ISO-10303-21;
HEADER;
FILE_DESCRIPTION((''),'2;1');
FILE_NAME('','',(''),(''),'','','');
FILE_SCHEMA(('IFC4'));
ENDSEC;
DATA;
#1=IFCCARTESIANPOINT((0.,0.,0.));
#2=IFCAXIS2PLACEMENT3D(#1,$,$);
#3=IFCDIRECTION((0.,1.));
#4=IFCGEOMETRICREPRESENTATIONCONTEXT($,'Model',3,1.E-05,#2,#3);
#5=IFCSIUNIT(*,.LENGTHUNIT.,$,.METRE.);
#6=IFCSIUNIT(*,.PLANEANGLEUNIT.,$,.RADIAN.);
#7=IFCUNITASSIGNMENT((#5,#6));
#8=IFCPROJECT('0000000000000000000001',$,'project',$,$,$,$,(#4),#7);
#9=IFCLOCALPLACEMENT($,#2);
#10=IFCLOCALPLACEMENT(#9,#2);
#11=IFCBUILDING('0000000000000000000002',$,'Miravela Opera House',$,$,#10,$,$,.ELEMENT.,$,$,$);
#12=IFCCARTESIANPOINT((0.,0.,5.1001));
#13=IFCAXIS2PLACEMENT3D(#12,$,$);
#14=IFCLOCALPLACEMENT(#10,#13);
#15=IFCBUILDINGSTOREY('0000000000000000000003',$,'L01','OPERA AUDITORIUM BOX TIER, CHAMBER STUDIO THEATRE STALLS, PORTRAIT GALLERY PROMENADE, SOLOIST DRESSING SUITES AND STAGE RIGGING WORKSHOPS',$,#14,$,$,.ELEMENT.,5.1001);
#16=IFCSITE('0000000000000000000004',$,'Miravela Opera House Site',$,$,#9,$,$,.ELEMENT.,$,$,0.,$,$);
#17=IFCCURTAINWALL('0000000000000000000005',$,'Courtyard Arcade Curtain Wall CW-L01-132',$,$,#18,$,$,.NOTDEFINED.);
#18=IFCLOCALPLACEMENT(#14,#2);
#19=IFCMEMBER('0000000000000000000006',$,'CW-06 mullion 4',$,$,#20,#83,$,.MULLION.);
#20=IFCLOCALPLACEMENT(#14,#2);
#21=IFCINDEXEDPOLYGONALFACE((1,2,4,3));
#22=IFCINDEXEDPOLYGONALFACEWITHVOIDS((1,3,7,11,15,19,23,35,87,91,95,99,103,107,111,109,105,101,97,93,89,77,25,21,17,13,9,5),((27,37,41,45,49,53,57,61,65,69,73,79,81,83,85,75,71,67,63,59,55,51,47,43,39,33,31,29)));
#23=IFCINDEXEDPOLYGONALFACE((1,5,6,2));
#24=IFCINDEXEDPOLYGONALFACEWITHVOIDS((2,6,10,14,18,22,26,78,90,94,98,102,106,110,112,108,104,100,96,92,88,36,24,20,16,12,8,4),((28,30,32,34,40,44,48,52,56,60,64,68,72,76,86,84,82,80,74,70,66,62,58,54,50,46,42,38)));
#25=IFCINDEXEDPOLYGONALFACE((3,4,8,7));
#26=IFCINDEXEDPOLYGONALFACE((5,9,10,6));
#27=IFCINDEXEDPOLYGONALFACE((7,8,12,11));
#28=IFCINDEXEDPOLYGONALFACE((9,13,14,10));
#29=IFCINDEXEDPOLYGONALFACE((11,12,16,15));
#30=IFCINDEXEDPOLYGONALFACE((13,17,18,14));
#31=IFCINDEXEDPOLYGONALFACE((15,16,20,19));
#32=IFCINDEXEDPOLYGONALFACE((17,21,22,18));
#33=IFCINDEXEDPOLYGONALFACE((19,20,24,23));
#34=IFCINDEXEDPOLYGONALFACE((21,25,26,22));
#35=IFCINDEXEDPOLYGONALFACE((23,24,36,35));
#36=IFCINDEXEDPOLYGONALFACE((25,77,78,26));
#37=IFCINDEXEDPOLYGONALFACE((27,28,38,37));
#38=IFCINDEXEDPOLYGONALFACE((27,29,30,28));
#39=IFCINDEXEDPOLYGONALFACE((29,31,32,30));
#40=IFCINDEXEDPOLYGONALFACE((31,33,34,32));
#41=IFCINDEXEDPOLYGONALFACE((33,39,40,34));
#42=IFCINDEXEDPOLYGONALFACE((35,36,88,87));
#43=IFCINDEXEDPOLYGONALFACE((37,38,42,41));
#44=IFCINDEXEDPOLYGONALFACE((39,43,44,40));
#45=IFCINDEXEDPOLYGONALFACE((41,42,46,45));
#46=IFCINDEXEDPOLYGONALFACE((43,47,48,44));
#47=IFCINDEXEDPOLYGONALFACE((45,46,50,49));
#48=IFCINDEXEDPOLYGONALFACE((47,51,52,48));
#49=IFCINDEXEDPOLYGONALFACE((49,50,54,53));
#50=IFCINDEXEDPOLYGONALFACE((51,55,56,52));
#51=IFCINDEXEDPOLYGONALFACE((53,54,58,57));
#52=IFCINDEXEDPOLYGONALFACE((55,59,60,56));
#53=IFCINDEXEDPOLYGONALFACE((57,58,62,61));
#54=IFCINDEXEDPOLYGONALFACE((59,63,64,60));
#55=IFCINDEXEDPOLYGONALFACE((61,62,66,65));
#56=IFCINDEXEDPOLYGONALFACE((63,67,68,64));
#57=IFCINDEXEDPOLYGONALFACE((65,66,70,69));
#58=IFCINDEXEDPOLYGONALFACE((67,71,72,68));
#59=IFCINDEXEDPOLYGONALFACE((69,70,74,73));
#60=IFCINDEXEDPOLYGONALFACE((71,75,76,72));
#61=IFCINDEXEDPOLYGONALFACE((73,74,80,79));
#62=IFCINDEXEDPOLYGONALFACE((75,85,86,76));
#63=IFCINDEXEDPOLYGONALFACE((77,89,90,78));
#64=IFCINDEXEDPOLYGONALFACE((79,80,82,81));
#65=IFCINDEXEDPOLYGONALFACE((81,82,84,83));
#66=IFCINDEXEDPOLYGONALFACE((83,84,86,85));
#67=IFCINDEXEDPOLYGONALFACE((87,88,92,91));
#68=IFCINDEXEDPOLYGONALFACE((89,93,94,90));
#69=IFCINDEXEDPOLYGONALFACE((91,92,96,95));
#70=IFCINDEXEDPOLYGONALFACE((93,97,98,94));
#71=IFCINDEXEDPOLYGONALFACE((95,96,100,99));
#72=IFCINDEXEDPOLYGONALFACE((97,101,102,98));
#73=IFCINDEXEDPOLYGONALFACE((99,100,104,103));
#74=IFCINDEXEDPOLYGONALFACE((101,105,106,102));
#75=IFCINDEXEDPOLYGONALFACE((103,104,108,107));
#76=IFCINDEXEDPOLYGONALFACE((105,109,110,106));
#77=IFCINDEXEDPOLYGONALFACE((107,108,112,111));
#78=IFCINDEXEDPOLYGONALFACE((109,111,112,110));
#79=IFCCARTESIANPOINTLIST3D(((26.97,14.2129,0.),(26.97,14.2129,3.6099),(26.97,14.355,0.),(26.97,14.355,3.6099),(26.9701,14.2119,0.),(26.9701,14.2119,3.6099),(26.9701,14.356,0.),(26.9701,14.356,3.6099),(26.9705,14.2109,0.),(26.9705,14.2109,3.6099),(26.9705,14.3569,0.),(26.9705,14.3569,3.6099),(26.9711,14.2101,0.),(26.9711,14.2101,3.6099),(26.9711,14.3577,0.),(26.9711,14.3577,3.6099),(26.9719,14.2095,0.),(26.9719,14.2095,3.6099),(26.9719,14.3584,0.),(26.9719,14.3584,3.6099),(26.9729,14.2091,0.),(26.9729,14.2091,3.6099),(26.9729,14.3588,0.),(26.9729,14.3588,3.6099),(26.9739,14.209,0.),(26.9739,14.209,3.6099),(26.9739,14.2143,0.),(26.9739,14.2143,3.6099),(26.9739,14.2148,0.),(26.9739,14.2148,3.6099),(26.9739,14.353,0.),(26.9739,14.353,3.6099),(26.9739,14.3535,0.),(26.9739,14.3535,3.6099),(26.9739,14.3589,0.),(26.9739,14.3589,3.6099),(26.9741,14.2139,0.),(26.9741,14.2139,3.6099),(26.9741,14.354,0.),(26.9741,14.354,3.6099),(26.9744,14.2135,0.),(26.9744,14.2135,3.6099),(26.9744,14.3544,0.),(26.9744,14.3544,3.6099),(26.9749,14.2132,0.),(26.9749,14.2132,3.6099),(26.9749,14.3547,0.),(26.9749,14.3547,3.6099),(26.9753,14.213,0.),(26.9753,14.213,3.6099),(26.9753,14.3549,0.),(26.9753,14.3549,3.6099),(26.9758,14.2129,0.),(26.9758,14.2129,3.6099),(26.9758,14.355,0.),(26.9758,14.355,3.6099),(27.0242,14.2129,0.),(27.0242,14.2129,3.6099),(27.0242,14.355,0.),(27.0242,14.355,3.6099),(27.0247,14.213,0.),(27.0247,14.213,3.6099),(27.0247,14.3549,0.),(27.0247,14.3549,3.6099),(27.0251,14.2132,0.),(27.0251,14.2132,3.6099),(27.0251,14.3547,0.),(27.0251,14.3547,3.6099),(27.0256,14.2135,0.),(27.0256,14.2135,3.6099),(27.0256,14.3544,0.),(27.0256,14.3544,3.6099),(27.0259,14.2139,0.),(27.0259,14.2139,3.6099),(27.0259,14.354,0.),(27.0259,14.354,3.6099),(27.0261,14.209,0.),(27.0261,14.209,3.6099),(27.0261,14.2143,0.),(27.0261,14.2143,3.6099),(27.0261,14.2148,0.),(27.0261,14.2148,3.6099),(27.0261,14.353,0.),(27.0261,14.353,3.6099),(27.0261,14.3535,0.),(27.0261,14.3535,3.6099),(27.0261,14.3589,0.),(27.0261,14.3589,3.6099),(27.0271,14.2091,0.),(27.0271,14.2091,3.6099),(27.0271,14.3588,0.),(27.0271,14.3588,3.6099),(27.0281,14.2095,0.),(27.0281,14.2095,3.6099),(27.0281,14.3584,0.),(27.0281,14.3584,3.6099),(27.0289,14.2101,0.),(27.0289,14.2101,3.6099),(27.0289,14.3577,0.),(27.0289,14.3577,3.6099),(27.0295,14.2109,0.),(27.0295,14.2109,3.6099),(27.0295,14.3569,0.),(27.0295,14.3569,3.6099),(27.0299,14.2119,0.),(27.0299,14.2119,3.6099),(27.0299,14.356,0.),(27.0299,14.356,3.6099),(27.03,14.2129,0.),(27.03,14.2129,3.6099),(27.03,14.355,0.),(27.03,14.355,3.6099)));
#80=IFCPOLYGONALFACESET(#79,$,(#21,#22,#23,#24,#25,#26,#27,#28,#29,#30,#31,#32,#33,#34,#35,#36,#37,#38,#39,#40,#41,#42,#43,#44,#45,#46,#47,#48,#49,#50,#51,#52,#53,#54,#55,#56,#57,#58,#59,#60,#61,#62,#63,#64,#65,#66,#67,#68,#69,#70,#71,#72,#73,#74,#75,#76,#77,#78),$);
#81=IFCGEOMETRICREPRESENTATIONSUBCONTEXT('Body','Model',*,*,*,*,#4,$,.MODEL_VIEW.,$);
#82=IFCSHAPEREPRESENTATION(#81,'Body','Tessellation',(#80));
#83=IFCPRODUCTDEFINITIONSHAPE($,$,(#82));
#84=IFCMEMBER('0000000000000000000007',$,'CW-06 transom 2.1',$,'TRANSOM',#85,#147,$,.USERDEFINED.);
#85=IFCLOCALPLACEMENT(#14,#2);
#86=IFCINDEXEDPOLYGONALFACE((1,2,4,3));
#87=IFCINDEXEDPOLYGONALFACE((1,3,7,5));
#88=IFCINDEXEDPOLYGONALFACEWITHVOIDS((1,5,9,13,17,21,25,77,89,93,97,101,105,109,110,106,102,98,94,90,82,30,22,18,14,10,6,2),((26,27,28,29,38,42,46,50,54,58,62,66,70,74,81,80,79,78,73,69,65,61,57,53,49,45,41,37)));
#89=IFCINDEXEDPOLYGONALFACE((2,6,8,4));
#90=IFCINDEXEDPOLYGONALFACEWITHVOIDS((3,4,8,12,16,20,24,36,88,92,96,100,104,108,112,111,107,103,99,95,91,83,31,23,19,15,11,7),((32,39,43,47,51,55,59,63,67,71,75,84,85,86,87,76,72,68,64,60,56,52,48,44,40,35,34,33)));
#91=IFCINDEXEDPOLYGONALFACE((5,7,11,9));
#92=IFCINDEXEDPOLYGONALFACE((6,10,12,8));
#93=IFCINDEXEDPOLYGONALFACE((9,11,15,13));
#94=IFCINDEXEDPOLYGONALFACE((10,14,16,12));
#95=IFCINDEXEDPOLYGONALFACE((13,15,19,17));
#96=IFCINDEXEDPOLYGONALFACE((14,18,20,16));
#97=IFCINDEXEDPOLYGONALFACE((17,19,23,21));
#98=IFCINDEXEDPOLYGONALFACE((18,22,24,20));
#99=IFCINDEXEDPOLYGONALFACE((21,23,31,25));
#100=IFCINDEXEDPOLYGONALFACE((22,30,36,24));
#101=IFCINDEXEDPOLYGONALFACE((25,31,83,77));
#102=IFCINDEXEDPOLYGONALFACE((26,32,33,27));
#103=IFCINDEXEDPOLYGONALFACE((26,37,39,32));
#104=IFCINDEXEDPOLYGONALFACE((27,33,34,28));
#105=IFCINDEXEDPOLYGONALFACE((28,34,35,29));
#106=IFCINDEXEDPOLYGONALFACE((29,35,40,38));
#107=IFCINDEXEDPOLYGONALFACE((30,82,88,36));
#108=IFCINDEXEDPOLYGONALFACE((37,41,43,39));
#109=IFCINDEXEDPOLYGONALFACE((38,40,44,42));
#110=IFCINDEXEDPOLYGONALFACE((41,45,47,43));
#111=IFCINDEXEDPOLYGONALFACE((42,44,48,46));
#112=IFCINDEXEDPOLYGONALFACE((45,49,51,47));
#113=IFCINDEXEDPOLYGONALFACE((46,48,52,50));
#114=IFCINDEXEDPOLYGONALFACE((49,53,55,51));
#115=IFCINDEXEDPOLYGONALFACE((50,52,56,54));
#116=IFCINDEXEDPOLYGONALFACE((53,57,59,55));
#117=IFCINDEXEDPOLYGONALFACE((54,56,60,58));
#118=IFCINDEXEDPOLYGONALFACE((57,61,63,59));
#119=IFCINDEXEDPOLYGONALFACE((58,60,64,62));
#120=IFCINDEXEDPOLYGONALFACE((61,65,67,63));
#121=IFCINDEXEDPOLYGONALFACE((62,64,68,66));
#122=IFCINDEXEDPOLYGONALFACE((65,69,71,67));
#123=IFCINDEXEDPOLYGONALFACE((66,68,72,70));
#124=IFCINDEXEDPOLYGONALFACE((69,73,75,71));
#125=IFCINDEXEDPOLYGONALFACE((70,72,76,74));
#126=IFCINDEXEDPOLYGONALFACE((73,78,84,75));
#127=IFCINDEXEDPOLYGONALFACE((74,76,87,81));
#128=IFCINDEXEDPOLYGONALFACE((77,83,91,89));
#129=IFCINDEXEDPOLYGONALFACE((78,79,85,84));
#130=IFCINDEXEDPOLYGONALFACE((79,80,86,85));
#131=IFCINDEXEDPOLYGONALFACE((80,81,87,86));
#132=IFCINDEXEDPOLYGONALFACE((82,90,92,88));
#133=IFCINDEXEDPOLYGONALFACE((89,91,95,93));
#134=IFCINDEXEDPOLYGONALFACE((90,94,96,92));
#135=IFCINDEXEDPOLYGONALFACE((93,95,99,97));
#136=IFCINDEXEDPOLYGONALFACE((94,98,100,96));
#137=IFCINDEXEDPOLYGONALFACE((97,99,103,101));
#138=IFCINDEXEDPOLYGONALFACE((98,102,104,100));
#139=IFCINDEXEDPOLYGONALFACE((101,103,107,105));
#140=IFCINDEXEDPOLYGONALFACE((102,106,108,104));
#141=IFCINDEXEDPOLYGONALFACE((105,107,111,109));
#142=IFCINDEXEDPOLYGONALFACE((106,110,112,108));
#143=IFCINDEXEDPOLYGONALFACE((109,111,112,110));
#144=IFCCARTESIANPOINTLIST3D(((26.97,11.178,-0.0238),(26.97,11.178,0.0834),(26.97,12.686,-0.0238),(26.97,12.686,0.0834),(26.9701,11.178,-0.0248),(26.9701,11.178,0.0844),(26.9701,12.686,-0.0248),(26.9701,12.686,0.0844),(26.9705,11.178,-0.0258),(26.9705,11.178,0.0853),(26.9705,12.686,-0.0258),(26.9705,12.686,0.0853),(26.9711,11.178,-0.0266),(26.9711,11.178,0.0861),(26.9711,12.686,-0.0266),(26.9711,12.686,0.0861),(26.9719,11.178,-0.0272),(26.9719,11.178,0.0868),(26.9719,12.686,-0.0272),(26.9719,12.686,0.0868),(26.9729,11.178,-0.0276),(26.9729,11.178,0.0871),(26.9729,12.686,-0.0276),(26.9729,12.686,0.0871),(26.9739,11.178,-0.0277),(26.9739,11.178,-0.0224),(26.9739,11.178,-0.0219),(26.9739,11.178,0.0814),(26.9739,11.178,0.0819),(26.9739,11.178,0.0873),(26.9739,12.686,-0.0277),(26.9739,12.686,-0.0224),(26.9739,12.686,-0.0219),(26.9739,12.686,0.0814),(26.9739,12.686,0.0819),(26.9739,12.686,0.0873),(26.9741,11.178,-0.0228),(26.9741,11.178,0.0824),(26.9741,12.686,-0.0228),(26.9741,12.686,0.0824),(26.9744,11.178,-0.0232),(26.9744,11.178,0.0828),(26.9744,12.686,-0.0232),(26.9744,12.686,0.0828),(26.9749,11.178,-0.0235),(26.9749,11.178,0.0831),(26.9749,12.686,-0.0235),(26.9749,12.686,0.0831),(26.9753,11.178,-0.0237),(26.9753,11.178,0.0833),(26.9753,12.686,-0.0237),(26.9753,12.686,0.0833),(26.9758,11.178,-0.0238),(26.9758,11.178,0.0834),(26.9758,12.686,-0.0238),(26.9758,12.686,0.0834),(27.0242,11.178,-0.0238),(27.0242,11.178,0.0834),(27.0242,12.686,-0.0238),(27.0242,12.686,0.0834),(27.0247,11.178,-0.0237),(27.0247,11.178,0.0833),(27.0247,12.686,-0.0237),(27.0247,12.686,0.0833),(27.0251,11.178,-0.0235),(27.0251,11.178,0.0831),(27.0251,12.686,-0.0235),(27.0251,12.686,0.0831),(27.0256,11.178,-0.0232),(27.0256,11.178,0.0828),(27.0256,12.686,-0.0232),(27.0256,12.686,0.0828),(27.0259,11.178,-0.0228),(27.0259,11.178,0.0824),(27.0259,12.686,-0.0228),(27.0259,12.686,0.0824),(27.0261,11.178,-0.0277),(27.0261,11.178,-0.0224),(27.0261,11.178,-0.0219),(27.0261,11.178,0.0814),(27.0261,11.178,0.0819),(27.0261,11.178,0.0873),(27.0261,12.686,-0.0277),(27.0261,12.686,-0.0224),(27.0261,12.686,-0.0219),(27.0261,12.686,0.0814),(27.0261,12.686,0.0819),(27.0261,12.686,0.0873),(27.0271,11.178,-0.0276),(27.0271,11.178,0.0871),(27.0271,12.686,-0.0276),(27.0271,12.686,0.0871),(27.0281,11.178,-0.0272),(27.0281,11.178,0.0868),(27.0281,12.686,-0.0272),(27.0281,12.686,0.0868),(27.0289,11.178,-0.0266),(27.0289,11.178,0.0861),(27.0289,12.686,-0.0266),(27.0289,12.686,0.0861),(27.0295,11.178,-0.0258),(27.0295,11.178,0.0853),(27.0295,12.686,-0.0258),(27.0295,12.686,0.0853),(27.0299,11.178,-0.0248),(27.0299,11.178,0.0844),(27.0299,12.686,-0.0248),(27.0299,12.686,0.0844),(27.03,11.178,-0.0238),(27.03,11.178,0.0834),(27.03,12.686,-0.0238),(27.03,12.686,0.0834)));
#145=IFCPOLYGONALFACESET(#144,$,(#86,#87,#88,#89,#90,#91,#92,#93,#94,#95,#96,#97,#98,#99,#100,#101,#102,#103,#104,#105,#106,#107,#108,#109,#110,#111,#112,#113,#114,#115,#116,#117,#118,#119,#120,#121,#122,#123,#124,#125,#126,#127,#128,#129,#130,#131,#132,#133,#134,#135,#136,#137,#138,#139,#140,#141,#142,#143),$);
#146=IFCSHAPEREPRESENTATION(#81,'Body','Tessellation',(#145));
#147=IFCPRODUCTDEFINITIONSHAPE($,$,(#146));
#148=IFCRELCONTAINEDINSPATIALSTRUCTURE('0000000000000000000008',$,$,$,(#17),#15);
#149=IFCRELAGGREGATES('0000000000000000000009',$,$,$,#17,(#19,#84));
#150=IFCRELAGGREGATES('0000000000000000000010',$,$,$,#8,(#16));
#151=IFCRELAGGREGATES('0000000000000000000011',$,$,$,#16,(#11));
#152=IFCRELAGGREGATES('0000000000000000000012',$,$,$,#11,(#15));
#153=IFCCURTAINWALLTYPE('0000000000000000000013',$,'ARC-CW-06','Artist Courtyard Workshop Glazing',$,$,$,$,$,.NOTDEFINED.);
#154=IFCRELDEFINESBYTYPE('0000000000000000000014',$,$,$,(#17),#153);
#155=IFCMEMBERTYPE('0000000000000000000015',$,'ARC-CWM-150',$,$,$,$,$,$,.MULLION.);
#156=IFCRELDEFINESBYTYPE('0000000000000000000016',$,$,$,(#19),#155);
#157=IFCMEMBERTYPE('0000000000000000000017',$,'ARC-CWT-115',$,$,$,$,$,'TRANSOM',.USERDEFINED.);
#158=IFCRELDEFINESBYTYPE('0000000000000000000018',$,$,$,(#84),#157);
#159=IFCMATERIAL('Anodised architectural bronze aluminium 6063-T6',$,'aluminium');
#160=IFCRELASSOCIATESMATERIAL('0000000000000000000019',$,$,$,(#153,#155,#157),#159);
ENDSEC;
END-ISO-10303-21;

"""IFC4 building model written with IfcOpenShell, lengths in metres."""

from ifc_helpers import new_model, si_unit, direction, frame, origin, origin_2d, place, context, subcontext, project, spatial, hollow_rectangle, extrude, material, material_profile, profile_set, type_object, element, aggregate, save


model = new_model("IFC4")

# Units and contexts
model_context = context("Model", 3, precision=1e-05, world=origin(), true_north=direction((0.0, 1.0)))
body_context = subcontext(model_context, "Body", "Model", "MODEL_VIEW")
ifc_project = project(units=[si_unit("LENGTHUNIT", "METRE"), si_unit("PLANEANGLEUNIT", "RADIAN")], contexts=[model_context])

# Site, building, storey
site_placement = place(None, origin())
site = spatial("IfcSite", under=ifc_project, at=site_placement, Name="Miravela Opera House Site", CompositionType="ELEMENT", RefElevation=0.0)
building_placement = place(site_placement, origin())
building = spatial("IfcBuilding", under=site, at=building_placement, Name="Miravela Opera House", CompositionType="ELEMENT")
storey_placement = place(building_placement, frame((0.0, 0.0, 5.1001)))
storey = spatial("IfcBuildingStorey", under=building, at=storey_placement, Name="L01", Description="OPERA AUDITORIUM BOX TIER, CHAMBER STUDIO THEATRE STALLS, PORTRAIT GALLERY PROMENADE, SOLOIST DRESSING SUITES AND STAGE RIGGING WORKSHOPS", CompositionType="ELEMENT", Elevation=5.1001)

# Curtain wall, members
ifc_material_1 = material(Name="Anodised architectural bronze aluminium 6063-T6", Category="aluminium")
curtain_wall_type = type_object("IfcCurtainWallType", Name="ARC-CW-06", Description="Artist Courtyard Workshop Glazing", PredefinedType="NOTDEFINED", material=ifc_material_1)
curtain_wall_placement = place(storey_placement, origin())
curtain_wall = element("IfcCurtainWall", 1, at=curtain_wall_placement, inside=storey, type_object=curtain_wall_type, Name="Courtyard Arcade Curtain Wall CW-L01-132", PredefinedType="NOTDEFINED")
ifc_material_profile_1 = material_profile(ifc_material_1, hollow_rectangle(XDim=0.0601, YDim=0.1499, WallThickness=0.0039, InnerFilletRadius=0.002, OuterFilletRadius=0.0039, at=origin_2d()), Name="CWM-60X150")
ifc_profile_set_1 = profile_set([ifc_material_profile_1])
member_type_1 = type_object("IfcMemberType", Name="ARC-CWM-150", PredefinedType="MULLION", material=ifc_profile_set_1)
member_1_placement = place(storey_placement, frame((27.0, 14.2839, 0.0), z_axis=(0.0, 0.0, 1.0), x_axis=(-1.0, 0.0, 0.0)))
member_1 = element("IfcMember", 2, at=member_1_placement, type_object=member_type_1, Name="CW-06 mullion 4", PredefinedType="MULLION", context=body_context, shape_type="SweptSolid", body=[
    extrude(hollow_rectangle(XDim=0.0601, YDim=0.1499, WallThickness=0.0039, InnerFilletRadius=0.002, OuterFilletRadius=0.0039, at=origin_2d()), origin(), (0.0, 0.0, 1.0), 3.6099),
])
ifc_material_profile_2 = material_profile(ifc_material_1, hollow_rectangle(XDim=0.0601, YDim=0.115, WallThickness=0.0039, InnerFilletRadius=0.002, OuterFilletRadius=0.0039, at=origin_2d()), Name="CWT-60X115")
ifc_profile_set_2 = profile_set([ifc_material_profile_2])
member_type_2 = type_object("IfcMemberType", Name="ARC-CWT-115", ElementType="TRANSOM", PredefinedType="USERDEFINED", material=ifc_profile_set_2)
member_2_placement = place(storey_placement, frame((27.0, 11.178, 0.0298), z_axis=(0.0, 1.0, 0.0), x_axis=(-1.0, 0.0, 0.0)))
member_2 = element("IfcMember", 3, at=member_2_placement, type_object=member_type_2, Name="CW-06 transom 2.1", ObjectType="TRANSOM", PredefinedType="USERDEFINED", context=body_context, shape_type="SweptSolid", body=[
    extrude(hollow_rectangle(XDim=0.0601, YDim=0.115, WallThickness=0.0039, InnerFilletRadius=0.002, OuterFilletRadius=0.0039, at=origin_2d()), origin(), (0.0, 0.0, 1.0), 1.5081),
])
aggregate(curtain_wall, [member_1, member_2])

save(model, "model.ifc")
